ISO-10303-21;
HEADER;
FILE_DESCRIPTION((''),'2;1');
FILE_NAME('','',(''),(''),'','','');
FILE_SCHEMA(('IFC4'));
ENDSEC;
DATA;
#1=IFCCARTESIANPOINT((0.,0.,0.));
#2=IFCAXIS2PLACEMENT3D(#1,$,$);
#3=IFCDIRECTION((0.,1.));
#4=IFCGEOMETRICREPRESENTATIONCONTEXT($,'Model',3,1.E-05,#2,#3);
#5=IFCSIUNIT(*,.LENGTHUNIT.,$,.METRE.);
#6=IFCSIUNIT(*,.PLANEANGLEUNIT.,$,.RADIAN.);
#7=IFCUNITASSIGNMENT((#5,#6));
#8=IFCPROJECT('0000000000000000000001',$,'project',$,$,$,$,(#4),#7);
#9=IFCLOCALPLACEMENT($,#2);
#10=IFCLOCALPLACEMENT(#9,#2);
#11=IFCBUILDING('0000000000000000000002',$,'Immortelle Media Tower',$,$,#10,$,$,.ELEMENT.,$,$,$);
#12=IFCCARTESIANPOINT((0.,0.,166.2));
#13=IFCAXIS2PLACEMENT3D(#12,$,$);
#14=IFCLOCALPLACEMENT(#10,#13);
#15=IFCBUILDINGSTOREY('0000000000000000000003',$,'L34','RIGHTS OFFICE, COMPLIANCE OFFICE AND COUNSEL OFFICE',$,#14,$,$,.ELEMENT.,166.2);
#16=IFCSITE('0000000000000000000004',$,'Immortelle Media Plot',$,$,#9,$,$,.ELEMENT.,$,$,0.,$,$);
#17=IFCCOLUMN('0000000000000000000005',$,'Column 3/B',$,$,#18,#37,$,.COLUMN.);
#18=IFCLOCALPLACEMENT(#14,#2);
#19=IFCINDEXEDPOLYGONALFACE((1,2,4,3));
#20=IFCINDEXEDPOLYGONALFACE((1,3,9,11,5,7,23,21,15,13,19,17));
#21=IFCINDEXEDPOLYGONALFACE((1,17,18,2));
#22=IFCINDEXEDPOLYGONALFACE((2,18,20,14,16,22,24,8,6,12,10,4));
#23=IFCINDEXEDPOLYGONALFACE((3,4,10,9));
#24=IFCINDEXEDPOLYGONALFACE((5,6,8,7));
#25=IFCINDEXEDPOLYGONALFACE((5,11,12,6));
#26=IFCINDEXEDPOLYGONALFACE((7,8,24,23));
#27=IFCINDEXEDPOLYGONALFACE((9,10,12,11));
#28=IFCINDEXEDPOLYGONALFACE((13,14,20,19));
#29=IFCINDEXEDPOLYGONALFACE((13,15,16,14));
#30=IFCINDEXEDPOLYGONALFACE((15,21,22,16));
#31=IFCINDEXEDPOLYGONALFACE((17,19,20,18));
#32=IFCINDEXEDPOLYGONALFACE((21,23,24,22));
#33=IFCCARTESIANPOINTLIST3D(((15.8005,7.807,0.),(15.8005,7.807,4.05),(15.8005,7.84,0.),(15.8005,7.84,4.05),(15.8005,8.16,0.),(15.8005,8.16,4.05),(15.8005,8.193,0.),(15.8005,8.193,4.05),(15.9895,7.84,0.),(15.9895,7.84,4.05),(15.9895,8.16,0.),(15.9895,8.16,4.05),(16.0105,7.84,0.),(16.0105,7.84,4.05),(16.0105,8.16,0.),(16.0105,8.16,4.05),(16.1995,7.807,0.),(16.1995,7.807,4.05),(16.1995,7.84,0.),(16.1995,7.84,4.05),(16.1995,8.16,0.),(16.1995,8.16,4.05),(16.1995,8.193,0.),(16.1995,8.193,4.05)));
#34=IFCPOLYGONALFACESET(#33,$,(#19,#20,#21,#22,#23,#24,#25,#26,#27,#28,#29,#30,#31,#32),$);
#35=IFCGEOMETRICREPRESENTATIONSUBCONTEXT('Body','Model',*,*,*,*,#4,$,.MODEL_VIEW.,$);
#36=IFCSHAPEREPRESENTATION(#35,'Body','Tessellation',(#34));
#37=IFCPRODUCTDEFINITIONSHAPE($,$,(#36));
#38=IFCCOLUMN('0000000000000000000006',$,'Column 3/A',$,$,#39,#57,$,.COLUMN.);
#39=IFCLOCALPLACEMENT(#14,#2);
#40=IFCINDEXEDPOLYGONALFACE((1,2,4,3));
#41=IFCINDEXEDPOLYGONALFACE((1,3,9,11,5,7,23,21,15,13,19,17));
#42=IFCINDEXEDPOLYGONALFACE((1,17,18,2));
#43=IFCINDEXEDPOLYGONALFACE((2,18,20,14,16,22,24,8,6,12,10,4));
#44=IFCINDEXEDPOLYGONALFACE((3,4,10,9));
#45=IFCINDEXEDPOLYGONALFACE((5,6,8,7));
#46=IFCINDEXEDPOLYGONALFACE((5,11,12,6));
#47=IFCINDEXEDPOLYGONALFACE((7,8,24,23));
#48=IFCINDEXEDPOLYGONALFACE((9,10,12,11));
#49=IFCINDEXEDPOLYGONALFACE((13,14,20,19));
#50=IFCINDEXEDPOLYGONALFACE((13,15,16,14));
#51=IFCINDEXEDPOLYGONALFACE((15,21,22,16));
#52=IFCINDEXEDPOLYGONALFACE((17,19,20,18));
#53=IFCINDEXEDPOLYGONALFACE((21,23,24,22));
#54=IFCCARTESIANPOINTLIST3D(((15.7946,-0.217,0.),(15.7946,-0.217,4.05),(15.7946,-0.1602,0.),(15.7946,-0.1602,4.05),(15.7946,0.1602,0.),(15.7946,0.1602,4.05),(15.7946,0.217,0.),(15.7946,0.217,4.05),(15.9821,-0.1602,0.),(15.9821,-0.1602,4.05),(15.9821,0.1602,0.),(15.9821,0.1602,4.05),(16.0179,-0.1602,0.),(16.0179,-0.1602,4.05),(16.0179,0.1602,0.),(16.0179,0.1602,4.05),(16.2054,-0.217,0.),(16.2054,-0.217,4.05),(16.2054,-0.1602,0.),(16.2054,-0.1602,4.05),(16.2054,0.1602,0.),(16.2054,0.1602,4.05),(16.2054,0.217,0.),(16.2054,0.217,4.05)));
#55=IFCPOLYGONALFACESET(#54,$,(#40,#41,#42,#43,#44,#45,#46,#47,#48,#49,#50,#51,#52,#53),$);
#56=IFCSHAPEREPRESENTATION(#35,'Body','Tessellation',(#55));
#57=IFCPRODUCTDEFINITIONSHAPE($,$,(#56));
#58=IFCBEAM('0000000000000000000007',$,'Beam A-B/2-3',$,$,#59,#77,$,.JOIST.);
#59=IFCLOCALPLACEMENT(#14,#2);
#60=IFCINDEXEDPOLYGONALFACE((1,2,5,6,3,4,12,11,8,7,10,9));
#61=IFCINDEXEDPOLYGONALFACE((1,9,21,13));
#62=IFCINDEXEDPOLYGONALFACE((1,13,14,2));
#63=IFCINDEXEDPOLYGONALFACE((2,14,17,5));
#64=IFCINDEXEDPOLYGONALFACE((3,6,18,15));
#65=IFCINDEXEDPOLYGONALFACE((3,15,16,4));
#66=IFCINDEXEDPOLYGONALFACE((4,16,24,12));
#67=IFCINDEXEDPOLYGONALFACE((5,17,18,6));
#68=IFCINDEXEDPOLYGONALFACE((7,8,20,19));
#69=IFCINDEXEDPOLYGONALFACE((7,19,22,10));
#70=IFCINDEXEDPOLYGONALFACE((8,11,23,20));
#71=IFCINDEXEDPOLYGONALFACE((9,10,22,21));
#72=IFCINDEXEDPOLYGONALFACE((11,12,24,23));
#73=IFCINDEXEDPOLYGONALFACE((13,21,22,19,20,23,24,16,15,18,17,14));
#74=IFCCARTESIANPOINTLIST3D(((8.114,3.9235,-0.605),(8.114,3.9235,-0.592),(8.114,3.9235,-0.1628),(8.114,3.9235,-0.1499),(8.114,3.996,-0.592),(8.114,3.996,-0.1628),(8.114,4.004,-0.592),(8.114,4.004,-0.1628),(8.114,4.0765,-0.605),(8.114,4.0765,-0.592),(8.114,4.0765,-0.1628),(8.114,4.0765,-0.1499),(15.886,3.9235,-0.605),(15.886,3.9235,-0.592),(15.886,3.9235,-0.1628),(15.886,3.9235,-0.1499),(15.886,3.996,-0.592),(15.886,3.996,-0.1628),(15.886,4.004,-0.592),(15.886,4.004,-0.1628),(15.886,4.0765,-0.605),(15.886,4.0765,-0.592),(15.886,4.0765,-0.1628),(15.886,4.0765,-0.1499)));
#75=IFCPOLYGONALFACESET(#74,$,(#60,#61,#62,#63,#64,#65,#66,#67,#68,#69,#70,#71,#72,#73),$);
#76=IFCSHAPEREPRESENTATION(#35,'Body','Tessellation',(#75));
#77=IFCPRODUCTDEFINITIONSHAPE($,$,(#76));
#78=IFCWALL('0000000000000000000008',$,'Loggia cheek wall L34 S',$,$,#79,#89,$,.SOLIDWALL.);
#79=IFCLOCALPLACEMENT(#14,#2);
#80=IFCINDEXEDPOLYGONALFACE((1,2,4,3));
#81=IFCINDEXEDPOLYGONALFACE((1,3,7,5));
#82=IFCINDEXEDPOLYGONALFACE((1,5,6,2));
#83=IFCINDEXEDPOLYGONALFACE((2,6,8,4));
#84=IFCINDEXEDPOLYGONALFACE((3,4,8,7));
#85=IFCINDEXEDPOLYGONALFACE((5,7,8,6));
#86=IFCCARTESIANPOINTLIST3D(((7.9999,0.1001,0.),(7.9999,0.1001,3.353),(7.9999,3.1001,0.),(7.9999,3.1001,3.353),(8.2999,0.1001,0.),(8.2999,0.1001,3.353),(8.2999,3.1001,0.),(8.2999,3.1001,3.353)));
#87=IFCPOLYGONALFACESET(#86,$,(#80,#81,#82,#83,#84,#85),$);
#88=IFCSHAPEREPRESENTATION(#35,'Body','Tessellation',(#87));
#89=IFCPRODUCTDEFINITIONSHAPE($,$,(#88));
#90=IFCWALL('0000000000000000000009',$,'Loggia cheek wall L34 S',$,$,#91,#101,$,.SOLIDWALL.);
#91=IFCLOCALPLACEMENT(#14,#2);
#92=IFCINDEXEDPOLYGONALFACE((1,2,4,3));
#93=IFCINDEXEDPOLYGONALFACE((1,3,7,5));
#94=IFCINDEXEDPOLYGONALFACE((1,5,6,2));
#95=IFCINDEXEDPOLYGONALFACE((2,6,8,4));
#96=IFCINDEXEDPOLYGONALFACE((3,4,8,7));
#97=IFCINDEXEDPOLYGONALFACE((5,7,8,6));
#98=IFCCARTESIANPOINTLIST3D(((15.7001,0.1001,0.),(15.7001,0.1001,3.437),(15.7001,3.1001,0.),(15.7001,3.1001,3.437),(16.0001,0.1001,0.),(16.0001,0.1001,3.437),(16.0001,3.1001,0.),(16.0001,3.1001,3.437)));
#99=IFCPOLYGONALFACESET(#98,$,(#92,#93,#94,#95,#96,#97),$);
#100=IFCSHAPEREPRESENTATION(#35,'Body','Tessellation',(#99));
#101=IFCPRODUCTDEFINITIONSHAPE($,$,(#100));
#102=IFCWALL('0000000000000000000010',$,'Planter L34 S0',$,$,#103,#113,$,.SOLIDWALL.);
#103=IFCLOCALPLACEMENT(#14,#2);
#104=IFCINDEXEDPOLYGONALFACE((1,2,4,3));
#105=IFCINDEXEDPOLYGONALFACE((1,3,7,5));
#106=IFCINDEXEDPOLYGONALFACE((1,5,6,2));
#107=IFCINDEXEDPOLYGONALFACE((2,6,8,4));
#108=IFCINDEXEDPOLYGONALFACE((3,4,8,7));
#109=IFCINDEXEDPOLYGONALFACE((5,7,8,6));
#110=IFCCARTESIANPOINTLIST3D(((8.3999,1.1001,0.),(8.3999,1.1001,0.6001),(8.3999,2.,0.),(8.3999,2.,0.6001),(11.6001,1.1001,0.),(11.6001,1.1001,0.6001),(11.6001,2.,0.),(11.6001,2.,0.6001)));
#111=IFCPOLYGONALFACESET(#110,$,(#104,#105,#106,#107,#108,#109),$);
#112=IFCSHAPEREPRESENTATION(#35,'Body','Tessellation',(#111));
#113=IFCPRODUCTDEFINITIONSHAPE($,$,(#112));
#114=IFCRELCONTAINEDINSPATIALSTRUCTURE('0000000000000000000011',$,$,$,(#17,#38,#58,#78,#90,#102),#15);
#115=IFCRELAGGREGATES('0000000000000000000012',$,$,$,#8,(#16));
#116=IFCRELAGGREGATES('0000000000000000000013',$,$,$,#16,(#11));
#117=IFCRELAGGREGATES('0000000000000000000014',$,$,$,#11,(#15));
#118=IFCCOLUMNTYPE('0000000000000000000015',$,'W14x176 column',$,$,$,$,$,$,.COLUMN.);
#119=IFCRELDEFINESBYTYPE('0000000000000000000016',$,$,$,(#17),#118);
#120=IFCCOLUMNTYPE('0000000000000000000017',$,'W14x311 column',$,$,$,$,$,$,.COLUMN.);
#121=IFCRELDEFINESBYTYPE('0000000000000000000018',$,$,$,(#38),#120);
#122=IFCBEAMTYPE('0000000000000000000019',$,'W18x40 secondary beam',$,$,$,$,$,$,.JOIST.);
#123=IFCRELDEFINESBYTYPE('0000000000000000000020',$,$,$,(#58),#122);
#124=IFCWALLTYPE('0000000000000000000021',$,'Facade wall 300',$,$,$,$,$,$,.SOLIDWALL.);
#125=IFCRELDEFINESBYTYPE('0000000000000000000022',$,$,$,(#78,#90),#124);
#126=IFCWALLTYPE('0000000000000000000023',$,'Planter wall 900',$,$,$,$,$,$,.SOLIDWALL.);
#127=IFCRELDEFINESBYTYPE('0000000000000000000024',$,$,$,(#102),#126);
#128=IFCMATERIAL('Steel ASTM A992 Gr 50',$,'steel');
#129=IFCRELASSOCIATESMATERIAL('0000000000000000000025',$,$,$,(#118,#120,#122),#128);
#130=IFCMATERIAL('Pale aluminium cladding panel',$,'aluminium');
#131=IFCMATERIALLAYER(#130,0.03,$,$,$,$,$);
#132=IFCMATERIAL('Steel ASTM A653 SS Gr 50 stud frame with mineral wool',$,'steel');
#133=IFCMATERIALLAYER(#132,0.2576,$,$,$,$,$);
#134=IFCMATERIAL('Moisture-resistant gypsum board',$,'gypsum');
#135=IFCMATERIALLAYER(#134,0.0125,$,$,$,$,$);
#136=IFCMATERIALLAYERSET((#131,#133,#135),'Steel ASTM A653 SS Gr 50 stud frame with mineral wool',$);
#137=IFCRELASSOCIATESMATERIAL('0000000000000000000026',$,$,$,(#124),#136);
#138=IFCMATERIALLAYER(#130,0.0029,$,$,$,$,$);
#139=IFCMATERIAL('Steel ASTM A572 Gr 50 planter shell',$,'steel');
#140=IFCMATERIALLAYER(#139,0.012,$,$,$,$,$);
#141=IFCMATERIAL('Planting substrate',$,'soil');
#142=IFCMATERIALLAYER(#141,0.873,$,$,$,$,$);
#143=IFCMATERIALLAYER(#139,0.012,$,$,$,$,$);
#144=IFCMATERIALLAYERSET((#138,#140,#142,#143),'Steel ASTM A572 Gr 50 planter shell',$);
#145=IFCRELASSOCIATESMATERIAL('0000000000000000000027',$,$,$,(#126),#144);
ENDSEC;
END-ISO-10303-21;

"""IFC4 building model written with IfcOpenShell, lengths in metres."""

from ifc_helpers import new_model, si_unit, direction, frame, frame_2d, origin, origin_2d, place, context, subcontext, project, spatial, rectangle, i_section, extrude, material, layer, layer_set, material_profile, profile_set, type_object, element, save


model = new_model("IFC4")

# Units and contexts
model_context = context("Model", 3, precision=1e-05, world=origin(), true_north=direction((0.0, 1.0)))
body_context = subcontext(model_context, "Body", "Model", "MODEL_VIEW")
ifc_project = project(units=[si_unit("LENGTHUNIT", "METRE"), si_unit("PLANEANGLEUNIT", "RADIAN")], contexts=[model_context])

# Site, building, storey
site_placement = place(None, origin())
site = spatial("IfcSite", under=ifc_project, at=site_placement, Name="Immortelle Media Plot", CompositionType="ELEMENT", RefElevation=0.0)
building_placement = place(site_placement, origin())
building = spatial("IfcBuilding", under=site, at=building_placement, Name="Immortelle Media Tower", CompositionType="ELEMENT")
storey_placement = place(building_placement, frame((0.0, 0.0, 166.2)))
storey = spatial("IfcBuildingStorey", under=building, at=storey_placement, Name="L34", Description="RIGHTS OFFICE, COMPLIANCE OFFICE AND COUNSEL OFFICE", CompositionType="ELEMENT", Elevation=166.2)

# Columns
ifc_material_1 = material(Name="Steel ASTM A992 Gr 50", Category="steel")
ifc_material_profile_1 = material_profile(ifc_material_1, i_section(OverallWidth=0.3989, OverallDepth=0.386, WebThickness=0.021, FlangeThickness=0.033, at=origin_2d()), Name="W14x176")
ifc_profile_set_1 = profile_set([ifc_material_profile_1], Name="Steel ASTM A992 Gr 50")
column_type_1 = type_object("IfcColumnType", Name="W14x176 column", PredefinedType="COLUMN", material=ifc_profile_set_1)
column_1_placement = place(storey_placement, frame((16.0, 8.0, 0.0), z_axis=(0.0, 0.0, 1.0), x_axis=(1.0, 0.0, 0.0)))
element("IfcColumn", 1, at=column_1_placement, inside=storey, type_object=column_type_1, Name="Column 3/B", PredefinedType="COLUMN", context=body_context, shape_type="SweptSolid", body=[
    extrude(i_section(OverallWidth=0.3989, OverallDepth=0.386, WebThickness=0.021, FlangeThickness=0.033, at=origin_2d()), origin(), (0.0, 0.0, 1.0), 4.05),
])
ifc_material_profile_2 = material_profile(ifc_material_1, i_section(OverallWidth=0.4109, OverallDepth=0.4341, WebThickness=0.0359, FlangeThickness=0.0569, at=origin_2d()), Name="W14x311")
ifc_profile_set_2 = profile_set([ifc_material_profile_2], Name="Steel ASTM A992 Gr 50")
column_type_2 = type_object("IfcColumnType", Name="W14x311 column", PredefinedType="COLUMN", material=ifc_profile_set_2)
column_2_placement = place(storey_placement, frame((16.0, 0.0, 0.0), z_axis=(0.0, 0.0, 1.0), x_axis=(1.0, 0.0, 0.0)))
element("IfcColumn", 2, at=column_2_placement, inside=storey, type_object=column_type_2, Name="Column 3/A", PredefinedType="COLUMN", context=body_context, shape_type="SweptSolid", body=[
    extrude(i_section(OverallWidth=0.4109, OverallDepth=0.4341, WebThickness=0.0359, FlangeThickness=0.0569, at=origin_2d()), origin(), (0.0, 0.0, 1.0), 4.05),
])

# Beam
ifc_material_profile_3 = material_profile(ifc_material_1, i_section(OverallWidth=0.1531, OverallDepth=0.4551, WebThickness=0.0081, FlangeThickness=0.0129, at=origin_2d()), Name="W18x40")
ifc_profile_set_3 = profile_set([ifc_material_profile_3], Name="Steel ASTM A992 Gr 50")
beam_type = type_object("IfcBeamType", Name="W18x40 secondary beam", PredefinedType="JOIST", material=ifc_profile_set_3)
beam_placement = place(storey_placement, frame((8.114, 4.0, -0.3774), z_axis=(1.0, 0.0, 0.0), x_axis=(0.0, 1.0, 0.0)))
element("IfcBeam", 3, at=beam_placement, inside=storey, type_object=beam_type, Name="Beam A-B/2-3", PredefinedType="JOIST", context=body_context, shape_type="SweptSolid", body=[
    extrude(i_section(OverallWidth=0.1531, OverallDepth=0.4551, WebThickness=0.0081, FlangeThickness=0.0129, at=origin_2d()), origin(), (0.0, 0.0, 1.0), 7.772),
])

# Shared definitions
ifc_material_2 = material(Name="Pale aluminium cladding panel", Category="aluminium")
ifc_layer_1 = layer(ifc_material_2, 0.03)
ifc_material_3 = material(Name="Steel ASTM A653 SS Gr 50 stud frame with mineral wool", Category="steel")
ifc_layer_2 = layer(ifc_material_3, 0.2576)
ifc_material_4 = material(Name="Moisture-resistant gypsum board", Category="gypsum")
ifc_layer_3 = layer(ifc_material_4, 0.0125)
ifc_layer_set_1 = layer_set([ifc_layer_1, ifc_layer_2, ifc_layer_3], Name="Steel ASTM A653 SS Gr 50 stud frame with mineral wool")
wall_type_1 = type_object("IfcWallType", Name="Facade wall 300", PredefinedType="SOLIDWALL", material=ifc_layer_set_1)

# Walls
wall_1_placement = place(storey_placement, frame((8.1499, 0.1001, 0.0), z_axis=(0.0, 0.0, 1.0), x_axis=(0.0, 1.0, 0.0)))
element("IfcWall", 4, at=wall_1_placement, inside=storey, type_object=wall_type_1, Name="Loggia cheek wall L34 S", PredefinedType="SOLIDWALL", context=body_context, shape_type="SweptSolid", body=[
    extrude(rectangle(XDim=3.0, YDim=0.3, at=frame_2d((1.5, 0.0))), origin(), (0.0, 0.0, 1.0), 3.353),
])
wall_2_placement = place(storey_placement, frame((15.8501, 0.1001, 0.0), z_axis=(0.0, 0.0, 1.0), x_axis=(0.0, 1.0, 0.0)))
element("IfcWall", 5, at=wall_2_placement, inside=storey, type_object=wall_type_1, Name="Loggia cheek wall L34 S", PredefinedType="SOLIDWALL", context=body_context, shape_type="SweptSolid", body=[
    extrude(rectangle(XDim=3.0, YDim=0.3, at=frame_2d((1.5, 0.0))), origin(), (0.0, 0.0, 1.0), 3.437),
])
ifc_layer_4 = layer(ifc_material_2, 0.0029)
ifc_material_5 = material(Name="Steel ASTM A572 Gr 50 planter shell", Category="steel")
ifc_layer_5 = layer(ifc_material_5, 0.012)
ifc_material_6 = material(Name="Planting substrate", Category="soil")
ifc_layer_6 = layer(ifc_material_6, 0.873)
ifc_layer_7 = layer(ifc_material_5, 0.012)
ifc_layer_set_2 = layer_set([ifc_layer_4, ifc_layer_5, ifc_layer_6, ifc_layer_7], Name="Steel ASTM A572 Gr 50 planter shell")
wall_type_2 = type_object("IfcWallType", Name="Planter wall 900", PredefinedType="SOLIDWALL", material=ifc_layer_set_2)
wall_3_placement = place(storey_placement, frame((8.3999, 1.55, 0.0), z_axis=(0.0, 0.0, 1.0), x_axis=(1.0, 0.0, 0.0)))
element("IfcWall", 6, at=wall_3_placement, inside=storey, type_object=wall_type_2, Name="Planter L34 S0", PredefinedType="SOLIDWALL", context=body_context, shape_type="SweptSolid", body=[
    extrude(rectangle(XDim=3.2002, YDim=0.8999, at=frame_2d((1.6001, 0.0))), origin(), (0.0, 0.0, 1.0), 0.6001),
])

save(model, "model.ifc")
